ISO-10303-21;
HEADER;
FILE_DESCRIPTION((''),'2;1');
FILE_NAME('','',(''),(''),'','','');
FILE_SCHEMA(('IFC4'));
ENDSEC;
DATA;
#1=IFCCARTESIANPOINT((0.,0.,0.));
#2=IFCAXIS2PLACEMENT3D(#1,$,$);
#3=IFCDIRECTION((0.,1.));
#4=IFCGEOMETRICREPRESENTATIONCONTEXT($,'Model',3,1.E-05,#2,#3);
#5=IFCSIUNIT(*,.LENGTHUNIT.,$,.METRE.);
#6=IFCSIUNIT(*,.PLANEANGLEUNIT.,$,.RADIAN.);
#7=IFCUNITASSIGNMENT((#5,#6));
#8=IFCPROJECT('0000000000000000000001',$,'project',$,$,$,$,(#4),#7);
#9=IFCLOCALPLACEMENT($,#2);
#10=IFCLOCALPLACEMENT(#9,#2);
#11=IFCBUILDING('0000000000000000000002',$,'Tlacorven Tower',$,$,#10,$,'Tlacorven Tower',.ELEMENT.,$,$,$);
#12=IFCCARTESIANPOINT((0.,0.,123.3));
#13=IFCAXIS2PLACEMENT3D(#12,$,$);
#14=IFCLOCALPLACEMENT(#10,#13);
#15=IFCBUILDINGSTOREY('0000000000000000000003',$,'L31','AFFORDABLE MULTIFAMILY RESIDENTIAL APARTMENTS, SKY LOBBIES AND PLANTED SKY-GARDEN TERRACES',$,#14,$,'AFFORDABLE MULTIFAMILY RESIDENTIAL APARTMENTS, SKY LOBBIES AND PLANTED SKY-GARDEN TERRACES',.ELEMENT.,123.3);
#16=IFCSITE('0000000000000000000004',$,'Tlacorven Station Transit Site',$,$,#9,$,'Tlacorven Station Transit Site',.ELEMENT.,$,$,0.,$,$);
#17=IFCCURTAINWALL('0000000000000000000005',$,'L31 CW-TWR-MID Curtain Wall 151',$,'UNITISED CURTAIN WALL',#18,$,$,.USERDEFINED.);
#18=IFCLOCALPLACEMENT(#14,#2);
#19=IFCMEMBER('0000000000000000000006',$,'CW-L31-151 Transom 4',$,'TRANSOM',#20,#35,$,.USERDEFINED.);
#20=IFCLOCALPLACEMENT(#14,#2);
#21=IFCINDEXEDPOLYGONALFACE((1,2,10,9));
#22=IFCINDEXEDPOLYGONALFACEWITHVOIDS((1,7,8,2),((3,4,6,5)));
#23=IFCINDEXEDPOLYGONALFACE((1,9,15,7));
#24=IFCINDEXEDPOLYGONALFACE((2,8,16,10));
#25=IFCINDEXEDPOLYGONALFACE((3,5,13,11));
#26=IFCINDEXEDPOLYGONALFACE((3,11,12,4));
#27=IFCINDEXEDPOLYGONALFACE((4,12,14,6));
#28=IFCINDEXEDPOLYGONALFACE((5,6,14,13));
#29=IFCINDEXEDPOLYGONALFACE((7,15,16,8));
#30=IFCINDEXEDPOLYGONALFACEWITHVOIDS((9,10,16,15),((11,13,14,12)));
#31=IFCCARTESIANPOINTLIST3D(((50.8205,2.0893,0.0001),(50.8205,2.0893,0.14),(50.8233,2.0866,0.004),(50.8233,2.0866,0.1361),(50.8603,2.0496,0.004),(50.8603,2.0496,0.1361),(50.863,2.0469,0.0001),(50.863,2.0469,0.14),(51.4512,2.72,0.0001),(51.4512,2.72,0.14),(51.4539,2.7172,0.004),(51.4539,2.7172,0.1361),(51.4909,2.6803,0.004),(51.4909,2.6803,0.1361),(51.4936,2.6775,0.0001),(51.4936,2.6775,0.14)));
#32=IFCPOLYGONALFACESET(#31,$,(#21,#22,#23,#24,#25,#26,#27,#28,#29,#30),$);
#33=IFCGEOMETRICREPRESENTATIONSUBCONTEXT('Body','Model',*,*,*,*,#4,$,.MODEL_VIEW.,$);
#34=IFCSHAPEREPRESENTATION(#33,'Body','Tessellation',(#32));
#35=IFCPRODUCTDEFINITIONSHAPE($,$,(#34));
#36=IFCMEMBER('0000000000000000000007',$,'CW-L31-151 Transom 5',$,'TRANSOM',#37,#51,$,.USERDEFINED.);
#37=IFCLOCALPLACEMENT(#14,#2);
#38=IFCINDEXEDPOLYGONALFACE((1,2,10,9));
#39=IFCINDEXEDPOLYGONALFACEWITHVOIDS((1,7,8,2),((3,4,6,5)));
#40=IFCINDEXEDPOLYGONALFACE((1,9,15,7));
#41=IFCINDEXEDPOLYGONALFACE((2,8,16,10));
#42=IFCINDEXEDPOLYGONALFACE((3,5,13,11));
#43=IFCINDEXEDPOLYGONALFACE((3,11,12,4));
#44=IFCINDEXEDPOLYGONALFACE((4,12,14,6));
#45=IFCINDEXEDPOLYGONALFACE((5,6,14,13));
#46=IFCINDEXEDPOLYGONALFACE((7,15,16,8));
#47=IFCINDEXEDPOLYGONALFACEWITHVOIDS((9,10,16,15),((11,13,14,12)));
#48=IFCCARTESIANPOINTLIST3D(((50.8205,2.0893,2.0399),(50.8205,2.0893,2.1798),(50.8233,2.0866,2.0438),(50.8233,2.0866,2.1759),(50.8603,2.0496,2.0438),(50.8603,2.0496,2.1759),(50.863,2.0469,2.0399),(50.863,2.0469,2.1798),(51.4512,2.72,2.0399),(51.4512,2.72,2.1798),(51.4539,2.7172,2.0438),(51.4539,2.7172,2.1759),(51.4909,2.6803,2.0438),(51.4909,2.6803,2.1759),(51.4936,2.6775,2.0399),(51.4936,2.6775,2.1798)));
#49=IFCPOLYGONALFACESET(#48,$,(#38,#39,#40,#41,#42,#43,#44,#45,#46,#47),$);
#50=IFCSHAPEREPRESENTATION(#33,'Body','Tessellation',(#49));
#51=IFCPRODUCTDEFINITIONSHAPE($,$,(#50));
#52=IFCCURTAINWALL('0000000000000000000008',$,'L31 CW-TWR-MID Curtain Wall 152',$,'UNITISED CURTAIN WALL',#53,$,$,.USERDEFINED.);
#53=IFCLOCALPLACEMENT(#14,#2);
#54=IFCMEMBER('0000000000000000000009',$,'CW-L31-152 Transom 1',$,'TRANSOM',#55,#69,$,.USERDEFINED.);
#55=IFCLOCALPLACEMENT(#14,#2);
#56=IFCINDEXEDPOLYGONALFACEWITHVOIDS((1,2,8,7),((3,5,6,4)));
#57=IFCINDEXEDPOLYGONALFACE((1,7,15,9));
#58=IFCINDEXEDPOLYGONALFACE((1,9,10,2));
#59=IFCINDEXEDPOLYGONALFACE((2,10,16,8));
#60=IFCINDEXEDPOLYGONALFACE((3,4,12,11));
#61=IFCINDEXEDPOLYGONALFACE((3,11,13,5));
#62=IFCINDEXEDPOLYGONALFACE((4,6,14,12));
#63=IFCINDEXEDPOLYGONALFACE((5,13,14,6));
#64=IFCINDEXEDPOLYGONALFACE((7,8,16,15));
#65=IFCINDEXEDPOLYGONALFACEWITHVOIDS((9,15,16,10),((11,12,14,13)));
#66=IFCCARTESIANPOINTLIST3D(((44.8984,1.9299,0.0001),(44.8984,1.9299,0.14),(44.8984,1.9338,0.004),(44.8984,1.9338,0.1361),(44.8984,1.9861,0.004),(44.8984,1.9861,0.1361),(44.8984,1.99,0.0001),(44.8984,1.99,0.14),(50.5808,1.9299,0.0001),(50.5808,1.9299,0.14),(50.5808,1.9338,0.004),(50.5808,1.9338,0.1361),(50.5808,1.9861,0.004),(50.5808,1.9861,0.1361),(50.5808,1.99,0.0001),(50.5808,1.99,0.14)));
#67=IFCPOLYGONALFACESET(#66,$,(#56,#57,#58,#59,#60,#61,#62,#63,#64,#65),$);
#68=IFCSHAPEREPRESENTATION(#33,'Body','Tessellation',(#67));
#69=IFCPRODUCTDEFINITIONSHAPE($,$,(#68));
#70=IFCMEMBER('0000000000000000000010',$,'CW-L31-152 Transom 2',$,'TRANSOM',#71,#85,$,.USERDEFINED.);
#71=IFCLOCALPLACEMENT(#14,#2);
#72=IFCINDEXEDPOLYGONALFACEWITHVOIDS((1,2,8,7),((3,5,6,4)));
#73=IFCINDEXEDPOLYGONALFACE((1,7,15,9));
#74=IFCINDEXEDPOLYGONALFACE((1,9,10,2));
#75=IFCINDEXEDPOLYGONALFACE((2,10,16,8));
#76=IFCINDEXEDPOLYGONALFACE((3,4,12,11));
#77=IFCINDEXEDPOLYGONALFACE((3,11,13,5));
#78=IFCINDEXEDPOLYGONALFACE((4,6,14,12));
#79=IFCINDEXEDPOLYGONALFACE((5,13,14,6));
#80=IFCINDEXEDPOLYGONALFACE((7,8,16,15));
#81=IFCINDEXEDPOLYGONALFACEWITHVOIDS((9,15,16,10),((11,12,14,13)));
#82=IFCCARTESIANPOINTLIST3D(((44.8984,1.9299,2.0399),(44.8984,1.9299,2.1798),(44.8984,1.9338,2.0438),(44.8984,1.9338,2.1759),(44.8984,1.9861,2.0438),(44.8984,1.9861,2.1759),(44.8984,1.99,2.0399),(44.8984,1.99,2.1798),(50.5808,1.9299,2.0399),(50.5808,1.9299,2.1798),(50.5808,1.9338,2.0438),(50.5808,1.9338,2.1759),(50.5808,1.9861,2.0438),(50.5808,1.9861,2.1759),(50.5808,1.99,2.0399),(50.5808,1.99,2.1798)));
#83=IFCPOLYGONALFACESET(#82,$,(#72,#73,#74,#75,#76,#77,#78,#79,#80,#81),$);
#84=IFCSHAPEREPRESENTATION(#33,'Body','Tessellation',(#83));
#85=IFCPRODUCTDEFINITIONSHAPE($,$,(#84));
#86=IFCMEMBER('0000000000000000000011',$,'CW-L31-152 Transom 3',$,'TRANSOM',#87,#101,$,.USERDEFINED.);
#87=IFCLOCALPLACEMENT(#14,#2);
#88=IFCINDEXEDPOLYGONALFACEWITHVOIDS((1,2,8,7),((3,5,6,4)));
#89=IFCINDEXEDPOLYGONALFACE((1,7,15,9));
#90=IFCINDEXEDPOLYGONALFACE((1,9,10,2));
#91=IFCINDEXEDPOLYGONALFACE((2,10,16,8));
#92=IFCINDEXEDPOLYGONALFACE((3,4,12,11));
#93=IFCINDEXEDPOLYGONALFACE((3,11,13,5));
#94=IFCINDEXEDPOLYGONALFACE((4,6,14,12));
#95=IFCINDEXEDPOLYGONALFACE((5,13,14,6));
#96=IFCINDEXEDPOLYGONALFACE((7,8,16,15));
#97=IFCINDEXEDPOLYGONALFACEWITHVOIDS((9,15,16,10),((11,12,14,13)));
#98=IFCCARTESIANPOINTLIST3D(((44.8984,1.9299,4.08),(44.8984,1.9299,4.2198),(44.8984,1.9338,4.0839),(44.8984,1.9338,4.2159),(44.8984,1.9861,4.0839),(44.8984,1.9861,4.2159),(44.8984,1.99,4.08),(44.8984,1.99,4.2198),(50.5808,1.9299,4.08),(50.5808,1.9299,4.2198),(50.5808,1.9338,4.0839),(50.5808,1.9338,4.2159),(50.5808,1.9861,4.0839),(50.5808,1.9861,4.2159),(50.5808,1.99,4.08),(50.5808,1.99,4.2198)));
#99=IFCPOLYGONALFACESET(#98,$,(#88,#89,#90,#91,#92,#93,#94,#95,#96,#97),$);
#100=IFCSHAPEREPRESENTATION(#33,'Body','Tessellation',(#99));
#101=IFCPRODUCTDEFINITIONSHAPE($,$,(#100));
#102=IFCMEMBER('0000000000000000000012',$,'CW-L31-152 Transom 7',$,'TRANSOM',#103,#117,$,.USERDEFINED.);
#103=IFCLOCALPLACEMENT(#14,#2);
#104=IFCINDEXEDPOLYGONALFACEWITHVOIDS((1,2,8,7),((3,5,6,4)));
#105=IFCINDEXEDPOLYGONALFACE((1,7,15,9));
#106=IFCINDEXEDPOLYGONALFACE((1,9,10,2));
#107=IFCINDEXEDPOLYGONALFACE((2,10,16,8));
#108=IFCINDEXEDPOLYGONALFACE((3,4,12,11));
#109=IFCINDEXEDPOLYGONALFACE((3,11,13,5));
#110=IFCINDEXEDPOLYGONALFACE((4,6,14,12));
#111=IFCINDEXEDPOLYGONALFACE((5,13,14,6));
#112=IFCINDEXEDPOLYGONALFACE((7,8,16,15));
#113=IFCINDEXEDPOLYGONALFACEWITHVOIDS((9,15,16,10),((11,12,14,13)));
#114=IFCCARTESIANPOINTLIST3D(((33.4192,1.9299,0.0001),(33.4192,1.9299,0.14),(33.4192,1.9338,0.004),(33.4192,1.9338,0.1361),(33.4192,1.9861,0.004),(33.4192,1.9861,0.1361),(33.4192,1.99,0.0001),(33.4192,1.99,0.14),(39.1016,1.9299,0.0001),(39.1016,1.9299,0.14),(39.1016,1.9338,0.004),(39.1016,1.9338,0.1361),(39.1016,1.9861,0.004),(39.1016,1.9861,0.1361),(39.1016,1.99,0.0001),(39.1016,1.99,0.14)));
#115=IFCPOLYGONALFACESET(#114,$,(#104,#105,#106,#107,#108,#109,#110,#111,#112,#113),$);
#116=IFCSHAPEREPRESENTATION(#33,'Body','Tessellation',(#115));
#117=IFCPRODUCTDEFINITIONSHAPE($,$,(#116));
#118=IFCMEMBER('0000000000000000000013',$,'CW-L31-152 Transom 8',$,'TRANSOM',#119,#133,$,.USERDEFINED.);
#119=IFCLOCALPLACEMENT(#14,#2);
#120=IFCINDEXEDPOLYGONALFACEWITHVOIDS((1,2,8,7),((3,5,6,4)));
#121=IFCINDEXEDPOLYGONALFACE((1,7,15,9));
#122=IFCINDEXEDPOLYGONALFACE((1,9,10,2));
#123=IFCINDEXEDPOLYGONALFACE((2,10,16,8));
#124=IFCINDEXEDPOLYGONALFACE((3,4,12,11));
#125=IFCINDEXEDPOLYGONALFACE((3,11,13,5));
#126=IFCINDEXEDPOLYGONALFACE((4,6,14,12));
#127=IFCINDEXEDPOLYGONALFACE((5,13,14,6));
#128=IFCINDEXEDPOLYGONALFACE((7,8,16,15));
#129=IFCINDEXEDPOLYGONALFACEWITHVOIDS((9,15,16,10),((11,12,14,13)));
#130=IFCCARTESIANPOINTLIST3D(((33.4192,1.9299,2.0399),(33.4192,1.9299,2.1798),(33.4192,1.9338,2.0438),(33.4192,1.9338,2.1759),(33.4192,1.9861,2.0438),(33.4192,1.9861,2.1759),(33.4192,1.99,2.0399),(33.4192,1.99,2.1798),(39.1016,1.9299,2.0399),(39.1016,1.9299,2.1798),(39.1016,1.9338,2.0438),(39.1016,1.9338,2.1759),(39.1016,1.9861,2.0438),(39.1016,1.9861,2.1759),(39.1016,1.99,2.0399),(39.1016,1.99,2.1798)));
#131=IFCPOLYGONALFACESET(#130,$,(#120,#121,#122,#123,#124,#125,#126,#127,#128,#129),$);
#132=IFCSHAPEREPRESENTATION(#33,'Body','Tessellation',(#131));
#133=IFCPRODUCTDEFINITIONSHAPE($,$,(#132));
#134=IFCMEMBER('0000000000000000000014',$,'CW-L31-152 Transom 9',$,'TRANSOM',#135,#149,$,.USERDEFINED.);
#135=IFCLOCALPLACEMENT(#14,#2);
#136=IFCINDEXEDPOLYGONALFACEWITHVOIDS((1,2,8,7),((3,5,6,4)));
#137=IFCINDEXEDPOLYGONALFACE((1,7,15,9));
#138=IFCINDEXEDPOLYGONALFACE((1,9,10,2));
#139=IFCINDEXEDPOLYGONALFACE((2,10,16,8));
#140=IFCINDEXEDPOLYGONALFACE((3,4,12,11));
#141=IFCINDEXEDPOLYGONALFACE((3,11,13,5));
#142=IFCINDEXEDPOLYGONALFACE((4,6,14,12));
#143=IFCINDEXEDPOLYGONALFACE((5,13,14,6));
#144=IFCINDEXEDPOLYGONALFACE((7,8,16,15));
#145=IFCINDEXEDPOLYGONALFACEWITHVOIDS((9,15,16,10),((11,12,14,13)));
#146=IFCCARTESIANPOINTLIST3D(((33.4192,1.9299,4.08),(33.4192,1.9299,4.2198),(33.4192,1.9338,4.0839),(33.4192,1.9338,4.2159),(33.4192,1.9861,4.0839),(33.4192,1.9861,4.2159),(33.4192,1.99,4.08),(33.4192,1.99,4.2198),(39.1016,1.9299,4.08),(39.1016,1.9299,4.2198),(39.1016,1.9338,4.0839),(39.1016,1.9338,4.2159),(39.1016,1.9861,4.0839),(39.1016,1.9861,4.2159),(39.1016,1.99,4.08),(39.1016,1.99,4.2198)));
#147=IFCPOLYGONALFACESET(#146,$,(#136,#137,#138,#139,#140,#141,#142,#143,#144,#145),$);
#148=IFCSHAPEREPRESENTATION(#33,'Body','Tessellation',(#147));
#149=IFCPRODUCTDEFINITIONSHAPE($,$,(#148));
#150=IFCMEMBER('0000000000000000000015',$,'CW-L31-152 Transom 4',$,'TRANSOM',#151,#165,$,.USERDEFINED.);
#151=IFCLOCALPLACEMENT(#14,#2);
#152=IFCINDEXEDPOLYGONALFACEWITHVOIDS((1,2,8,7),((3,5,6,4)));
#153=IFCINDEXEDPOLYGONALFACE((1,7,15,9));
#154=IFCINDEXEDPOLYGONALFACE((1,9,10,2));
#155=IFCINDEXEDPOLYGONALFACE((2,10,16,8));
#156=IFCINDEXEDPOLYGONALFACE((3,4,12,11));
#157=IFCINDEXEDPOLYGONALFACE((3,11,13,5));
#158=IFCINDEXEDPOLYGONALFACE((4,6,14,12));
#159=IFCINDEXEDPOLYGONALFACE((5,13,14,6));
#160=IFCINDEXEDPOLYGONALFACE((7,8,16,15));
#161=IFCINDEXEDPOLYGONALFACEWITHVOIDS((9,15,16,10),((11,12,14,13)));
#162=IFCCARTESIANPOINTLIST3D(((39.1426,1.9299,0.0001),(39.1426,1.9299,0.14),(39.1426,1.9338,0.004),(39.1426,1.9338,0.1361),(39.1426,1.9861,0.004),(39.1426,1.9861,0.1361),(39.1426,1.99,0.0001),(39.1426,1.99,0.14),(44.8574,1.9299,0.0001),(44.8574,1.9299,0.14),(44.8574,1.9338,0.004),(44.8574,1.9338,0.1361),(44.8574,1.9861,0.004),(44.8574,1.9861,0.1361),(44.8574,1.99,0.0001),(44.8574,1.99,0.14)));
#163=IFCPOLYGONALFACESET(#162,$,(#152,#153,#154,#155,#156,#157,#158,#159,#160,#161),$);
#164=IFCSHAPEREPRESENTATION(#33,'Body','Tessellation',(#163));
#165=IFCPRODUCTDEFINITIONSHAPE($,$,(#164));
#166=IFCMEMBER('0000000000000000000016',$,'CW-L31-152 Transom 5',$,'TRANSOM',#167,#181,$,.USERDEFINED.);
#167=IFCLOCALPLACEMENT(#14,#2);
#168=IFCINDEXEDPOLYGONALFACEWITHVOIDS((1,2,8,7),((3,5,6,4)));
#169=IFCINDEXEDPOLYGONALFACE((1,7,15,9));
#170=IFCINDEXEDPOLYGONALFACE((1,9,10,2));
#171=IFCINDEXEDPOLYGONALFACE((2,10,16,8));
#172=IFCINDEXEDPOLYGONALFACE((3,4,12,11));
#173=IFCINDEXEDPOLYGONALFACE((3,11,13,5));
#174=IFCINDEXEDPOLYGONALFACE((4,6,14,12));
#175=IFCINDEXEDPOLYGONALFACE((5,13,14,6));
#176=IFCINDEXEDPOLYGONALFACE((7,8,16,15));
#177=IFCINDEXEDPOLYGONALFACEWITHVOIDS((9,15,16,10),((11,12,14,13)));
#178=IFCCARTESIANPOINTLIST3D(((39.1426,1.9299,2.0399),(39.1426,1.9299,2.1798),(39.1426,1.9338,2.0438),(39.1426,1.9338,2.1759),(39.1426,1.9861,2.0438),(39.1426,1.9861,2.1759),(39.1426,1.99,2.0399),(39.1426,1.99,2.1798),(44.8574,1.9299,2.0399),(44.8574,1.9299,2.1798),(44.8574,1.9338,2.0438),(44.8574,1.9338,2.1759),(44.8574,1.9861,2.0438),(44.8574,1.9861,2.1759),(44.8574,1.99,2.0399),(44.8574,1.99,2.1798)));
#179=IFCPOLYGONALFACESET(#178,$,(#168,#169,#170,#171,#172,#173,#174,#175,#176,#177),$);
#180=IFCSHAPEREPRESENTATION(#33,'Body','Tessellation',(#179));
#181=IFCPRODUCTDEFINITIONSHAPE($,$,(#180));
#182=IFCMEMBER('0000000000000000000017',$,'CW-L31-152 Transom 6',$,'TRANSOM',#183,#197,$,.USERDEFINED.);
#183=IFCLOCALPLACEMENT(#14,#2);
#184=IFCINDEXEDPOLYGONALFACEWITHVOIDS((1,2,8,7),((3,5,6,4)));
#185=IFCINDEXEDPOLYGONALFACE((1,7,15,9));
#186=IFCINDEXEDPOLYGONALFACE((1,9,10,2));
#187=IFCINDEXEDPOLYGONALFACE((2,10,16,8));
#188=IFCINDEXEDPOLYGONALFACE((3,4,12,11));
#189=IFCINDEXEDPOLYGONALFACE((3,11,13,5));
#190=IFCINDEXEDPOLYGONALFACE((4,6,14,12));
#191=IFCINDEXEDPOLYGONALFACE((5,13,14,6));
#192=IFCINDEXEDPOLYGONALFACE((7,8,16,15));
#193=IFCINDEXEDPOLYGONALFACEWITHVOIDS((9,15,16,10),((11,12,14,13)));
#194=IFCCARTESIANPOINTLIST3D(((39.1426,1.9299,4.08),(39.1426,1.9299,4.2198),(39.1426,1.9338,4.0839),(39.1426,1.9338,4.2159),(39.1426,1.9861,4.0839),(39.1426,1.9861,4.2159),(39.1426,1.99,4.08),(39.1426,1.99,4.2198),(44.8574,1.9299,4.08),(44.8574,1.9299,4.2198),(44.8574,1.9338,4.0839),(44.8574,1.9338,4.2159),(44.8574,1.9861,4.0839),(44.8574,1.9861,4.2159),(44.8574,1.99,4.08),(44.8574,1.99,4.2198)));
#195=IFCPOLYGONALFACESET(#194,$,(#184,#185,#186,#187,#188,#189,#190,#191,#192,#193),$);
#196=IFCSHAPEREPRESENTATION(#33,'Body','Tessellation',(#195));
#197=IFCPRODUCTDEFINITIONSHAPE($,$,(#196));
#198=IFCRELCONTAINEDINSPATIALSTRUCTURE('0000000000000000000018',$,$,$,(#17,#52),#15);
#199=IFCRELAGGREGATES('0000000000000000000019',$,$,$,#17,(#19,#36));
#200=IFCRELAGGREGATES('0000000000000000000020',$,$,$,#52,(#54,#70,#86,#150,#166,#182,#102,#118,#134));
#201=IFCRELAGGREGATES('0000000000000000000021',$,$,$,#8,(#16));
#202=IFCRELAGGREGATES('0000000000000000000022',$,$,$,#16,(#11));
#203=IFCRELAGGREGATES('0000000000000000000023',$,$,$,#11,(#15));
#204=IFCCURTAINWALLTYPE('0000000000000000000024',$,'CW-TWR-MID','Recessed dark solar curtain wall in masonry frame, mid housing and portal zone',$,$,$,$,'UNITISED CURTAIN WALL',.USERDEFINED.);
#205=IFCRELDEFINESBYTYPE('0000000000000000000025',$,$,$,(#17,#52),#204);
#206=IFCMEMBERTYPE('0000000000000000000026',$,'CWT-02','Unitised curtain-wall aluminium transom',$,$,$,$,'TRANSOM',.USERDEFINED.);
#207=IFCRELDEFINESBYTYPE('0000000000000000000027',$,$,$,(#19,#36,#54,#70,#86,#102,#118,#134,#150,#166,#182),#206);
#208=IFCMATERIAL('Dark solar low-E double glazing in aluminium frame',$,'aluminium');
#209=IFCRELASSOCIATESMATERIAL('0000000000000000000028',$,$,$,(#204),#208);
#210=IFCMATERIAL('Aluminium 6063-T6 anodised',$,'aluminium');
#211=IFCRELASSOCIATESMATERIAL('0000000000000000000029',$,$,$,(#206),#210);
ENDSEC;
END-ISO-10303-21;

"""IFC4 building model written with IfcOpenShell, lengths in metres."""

from ifc_helpers import new_model, si_unit, direction, frame, origin, origin_2d, place, context, subcontext, project, spatial, hollow_rectangle, extrude, source, transform, mapped, material, material_profile, profile_set, type_object, element, aggregate, save


model = new_model("IFC4")

# Units and contexts
model_context = context("Model", 3, precision=1e-05, world=origin(), true_north=direction((0.0, 1.0)))
body_context = subcontext(model_context, "Body", "Model", "MODEL_VIEW")
ifc_project = project(units=[si_unit("LENGTHUNIT", "METRE"), si_unit("PLANEANGLEUNIT", "RADIAN")], contexts=[model_context])

# Site, building, storey
site_placement = place(None, origin())
site = spatial("IfcSite", under=ifc_project, at=site_placement, Name="Tlacorven Station Transit Site", LongName="Tlacorven Station Transit Site", CompositionType="ELEMENT", RefElevation=0.0)
building_placement = place(site_placement, origin())
building = spatial("IfcBuilding", under=site, at=building_placement, Name="Tlacorven Tower", LongName="Tlacorven Tower", CompositionType="ELEMENT")
storey_placement = place(building_placement, frame((0.0, 0.0, 123.3)))
storey = spatial("IfcBuildingStorey", under=building, at=storey_placement, Name="L31", Description="AFFORDABLE MULTIFAMILY RESIDENTIAL APARTMENTS, SKY LOBBIES AND PLANTED SKY-GARDEN TERRACES", LongName="AFFORDABLE MULTIFAMILY RESIDENTIAL APARTMENTS, SKY LOBBIES AND PLANTED SKY-GARDEN TERRACES", CompositionType="ELEMENT", Elevation=123.3)

# Curtain walls, members
ifc_material_1 = material(Name="Dark solar low-E double glazing in aluminium frame", Category="aluminium")
curtain_wall_type = type_object("IfcCurtainWallType", Name="CW-TWR-MID", Description="Recessed dark solar curtain wall in masonry frame, mid housing and portal zone", ElementType="UNITISED CURTAIN WALL", PredefinedType="USERDEFINED", material=ifc_material_1)
curtain_wall_1_placement = place(storey_placement, origin())
curtain_wall_1 = element("IfcCurtainWall", 1, at=curtain_wall_1_placement, inside=storey, type_object=curtain_wall_type, Name="L31 CW-TWR-MID Curtain Wall 151", ObjectType="UNITISED CURTAIN WALL", PredefinedType="USERDEFINED")
ifc_material_2 = material(Name="Aluminium 6063-T6 anodised", Category="aluminium")
ifc_material_profile_1 = material_profile(ifc_material_2, hollow_rectangle(XDim=0.0601, YDim=0.1399, WallThickness=0.0039, at=origin_2d()), Name="ALU TRANSOM 60X140")
ifc_profile_set_1 = profile_set([ifc_material_profile_1], Name="Aluminium 6063-T6 anodised")
member_type_1 = type_object("IfcMemberType", Name="CWT-02", Description="Unitised curtain-wall aluminium transom", ElementType="TRANSOM", PredefinedType="USERDEFINED", material=ifc_profile_set_1)
shared_shape_1 = source(origin(), body_context, "Body", "SweptSolid", [
    extrude(hollow_rectangle(XDim=0.0601, YDim=0.1399, WallThickness=0.0039, at=origin_2d()), origin(), (0.0, 0.0, 1.0), 0.8918),
])
member_1_placement = place(storey_placement, frame((51.4724, 2.6987, 0.0701), z_axis=(-0.707107, -0.707107, 0.0), x_axis=(0.707107, -0.707107, 0.0)))
member_1 = element("IfcMember", 2, at=member_1_placement, type_object=member_type_1, Name="CW-L31-151 Transom 4", ObjectType="TRANSOM", PredefinedType="USERDEFINED", context=body_context, shape_type="MappedRepresentation", body=[
    mapped(shared_shape_1, transform((0.0, 0.0, 0.0), scale=1.0)),
])
member_2_placement = place(storey_placement, frame((51.4724, 2.6987, 2.1099), z_axis=(-0.707107, -0.707107, 0.0), x_axis=(0.707107, -0.707107, 0.0)))
member_2 = element("IfcMember", 3, at=member_2_placement, type_object=member_type_1, Name="CW-L31-151 Transom 5", ObjectType="TRANSOM", PredefinedType="USERDEFINED", context=body_context, shape_type="MappedRepresentation", body=[
    mapped(shared_shape_1, transform((0.0, 0.0, 0.0), scale=1.0)),
])
curtain_wall_2_placement = place(storey_placement, origin())
curtain_wall_2 = element("IfcCurtainWall", 4, at=curtain_wall_2_placement, inside=storey, type_object=curtain_wall_type, Name="L31 CW-TWR-MID Curtain Wall 152", ObjectType="UNITISED CURTAIN WALL", PredefinedType="USERDEFINED")
shared_shape_2 = source(origin(), body_context, "Body", "SweptSolid", [
    extrude(hollow_rectangle(XDim=0.0601, YDim=0.1399, WallThickness=0.0039, at=origin_2d()), origin(), (0.0, 0.0, 1.0), 5.6824),
])
member_3_placement = place(storey_placement, frame((50.5808, 1.96, 0.0701), z_axis=(-1.0, 0.0, 0.0), x_axis=(0.0, -1.0, 0.0)))
member_3 = element("IfcMember", 5, at=member_3_placement, type_object=member_type_1, Name="CW-L31-152 Transom 1", ObjectType="TRANSOM", PredefinedType="USERDEFINED", context=body_context, shape_type="MappedRepresentation", body=[
    mapped(shared_shape_2, transform((0.0, 0.0, 0.0), scale=1.0)),
])
member_4_placement = place(storey_placement, frame((50.5808, 1.96, 2.1099), z_axis=(-1.0, 0.0, 0.0), x_axis=(0.0, -1.0, 0.0)))
member_4 = element("IfcMember", 6, at=member_4_placement, type_object=member_type_1, Name="CW-L31-152 Transom 2", ObjectType="TRANSOM", PredefinedType="USERDEFINED", context=body_context, shape_type="MappedRepresentation", body=[
    mapped(shared_shape_2, transform((0.0, 0.0, 0.0), scale=1.0)),
])
member_5_placement = place(storey_placement, frame((50.5808, 1.96, 4.1499), z_axis=(-1.0, 0.0, 0.0), x_axis=(0.0, -1.0, 0.0)))
member_5 = element("IfcMember", 7, at=member_5_placement, type_object=member_type_1, Name="CW-L31-152 Transom 3", ObjectType="TRANSOM", PredefinedType="USERDEFINED", context=body_context, shape_type="MappedRepresentation", body=[
    mapped(shared_shape_2, transform((0.0, 0.0, 0.0), scale=1.0)),
])
member_6_placement = place(storey_placement, frame((39.1016, 1.96, 0.0701), z_axis=(-1.0, 0.0, 0.0), x_axis=(0.0, -1.0, 0.0)))
member_6 = element("IfcMember", 8, at=member_6_placement, type_object=member_type_1, Name="CW-L31-152 Transom 7", ObjectType="TRANSOM", PredefinedType="USERDEFINED", context=body_context, shape_type="MappedRepresentation", body=[
    mapped(shared_shape_2, transform((0.0, 0.0, 0.0), scale=1.0)),
])
member_7_placement = place(storey_placement, frame((39.1016, 1.96, 2.1099), z_axis=(-1.0, 0.0, 0.0), x_axis=(0.0, -1.0, 0.0)))
member_7 = element("IfcMember", 9, at=member_7_placement, type_object=member_type_1, Name="CW-L31-152 Transom 8", ObjectType="TRANSOM", PredefinedType="USERDEFINED", context=body_context, shape_type="MappedRepresentation", body=[
    mapped(shared_shape_2, transform((0.0, 0.0, 0.0), scale=1.0)),
])
member_8_placement = place(storey_placement, frame((39.1016, 1.96, 4.1499), z_axis=(-1.0, 0.0, 0.0), x_axis=(0.0, -1.0, 0.0)))
member_8 = element("IfcMember", 10, at=member_8_placement, type_object=member_type_1, Name="CW-L31-152 Transom 9", ObjectType="TRANSOM", PredefinedType="USERDEFINED", context=body_context, shape_type="MappedRepresentation", body=[
    mapped(shared_shape_2, transform((0.0, 0.0, 0.0), scale=1.0)),
])
shared_shape_3 = source(origin(), body_context, "Body", "SweptSolid", [
    extrude(hollow_rectangle(XDim=0.0601, YDim=0.1399, WallThickness=0.0039, at=origin_2d()), origin(), (0.0, 0.0, 1.0), 5.7148),
])
member_9_placement = place(storey_placement, frame((44.8574, 1.96, 0.0701), z_axis=(-1.0, 0.0, 0.0), x_axis=(0.0, -1.0, 0.0)))
member_9 = element("IfcMember", 11, at=member_9_placement, type_object=member_type_1, Name="CW-L31-152 Transom 4", ObjectType="TRANSOM", PredefinedType="USERDEFINED", context=body_context, shape_type="MappedRepresentation", body=[
    mapped(shared_shape_3, transform((0.0, 0.0, 0.0), scale=1.0)),
])
member_10_placement = place(storey_placement, frame((44.8574, 1.96, 2.1099), z_axis=(-1.0, 0.0, 0.0), x_axis=(0.0, -1.0, 0.0)))
member_10 = element("IfcMember", 12, at=member_10_placement, type_object=member_type_1, Name="CW-L31-152 Transom 5", ObjectType="TRANSOM", PredefinedType="USERDEFINED", context=body_context, shape_type="MappedRepresentation", body=[
    mapped(shared_shape_3, transform((0.0, 0.0, 0.0), scale=1.0)),
])
member_11_placement = place(storey_placement, frame((44.8574, 1.96, 4.1499), z_axis=(-1.0, 0.0, 0.0), x_axis=(0.0, -1.0, 0.0)))
member_11 = element("IfcMember", 13, at=member_11_placement, type_object=member_type_1, Name="CW-L31-152 Transom 6", ObjectType="TRANSOM", PredefinedType="USERDEFINED", context=body_context, shape_type="MappedRepresentation", body=[
    mapped(shared_shape_3, transform((0.0, 0.0, 0.0), scale=1.0)),
])

aggregate(curtain_wall_1, [member_1, member_2])
aggregate(curtain_wall_2, [member_3, member_4, member_5, member_9, member_10, member_11, member_6, member_7, member_8])

save(model, "model.ifc")
